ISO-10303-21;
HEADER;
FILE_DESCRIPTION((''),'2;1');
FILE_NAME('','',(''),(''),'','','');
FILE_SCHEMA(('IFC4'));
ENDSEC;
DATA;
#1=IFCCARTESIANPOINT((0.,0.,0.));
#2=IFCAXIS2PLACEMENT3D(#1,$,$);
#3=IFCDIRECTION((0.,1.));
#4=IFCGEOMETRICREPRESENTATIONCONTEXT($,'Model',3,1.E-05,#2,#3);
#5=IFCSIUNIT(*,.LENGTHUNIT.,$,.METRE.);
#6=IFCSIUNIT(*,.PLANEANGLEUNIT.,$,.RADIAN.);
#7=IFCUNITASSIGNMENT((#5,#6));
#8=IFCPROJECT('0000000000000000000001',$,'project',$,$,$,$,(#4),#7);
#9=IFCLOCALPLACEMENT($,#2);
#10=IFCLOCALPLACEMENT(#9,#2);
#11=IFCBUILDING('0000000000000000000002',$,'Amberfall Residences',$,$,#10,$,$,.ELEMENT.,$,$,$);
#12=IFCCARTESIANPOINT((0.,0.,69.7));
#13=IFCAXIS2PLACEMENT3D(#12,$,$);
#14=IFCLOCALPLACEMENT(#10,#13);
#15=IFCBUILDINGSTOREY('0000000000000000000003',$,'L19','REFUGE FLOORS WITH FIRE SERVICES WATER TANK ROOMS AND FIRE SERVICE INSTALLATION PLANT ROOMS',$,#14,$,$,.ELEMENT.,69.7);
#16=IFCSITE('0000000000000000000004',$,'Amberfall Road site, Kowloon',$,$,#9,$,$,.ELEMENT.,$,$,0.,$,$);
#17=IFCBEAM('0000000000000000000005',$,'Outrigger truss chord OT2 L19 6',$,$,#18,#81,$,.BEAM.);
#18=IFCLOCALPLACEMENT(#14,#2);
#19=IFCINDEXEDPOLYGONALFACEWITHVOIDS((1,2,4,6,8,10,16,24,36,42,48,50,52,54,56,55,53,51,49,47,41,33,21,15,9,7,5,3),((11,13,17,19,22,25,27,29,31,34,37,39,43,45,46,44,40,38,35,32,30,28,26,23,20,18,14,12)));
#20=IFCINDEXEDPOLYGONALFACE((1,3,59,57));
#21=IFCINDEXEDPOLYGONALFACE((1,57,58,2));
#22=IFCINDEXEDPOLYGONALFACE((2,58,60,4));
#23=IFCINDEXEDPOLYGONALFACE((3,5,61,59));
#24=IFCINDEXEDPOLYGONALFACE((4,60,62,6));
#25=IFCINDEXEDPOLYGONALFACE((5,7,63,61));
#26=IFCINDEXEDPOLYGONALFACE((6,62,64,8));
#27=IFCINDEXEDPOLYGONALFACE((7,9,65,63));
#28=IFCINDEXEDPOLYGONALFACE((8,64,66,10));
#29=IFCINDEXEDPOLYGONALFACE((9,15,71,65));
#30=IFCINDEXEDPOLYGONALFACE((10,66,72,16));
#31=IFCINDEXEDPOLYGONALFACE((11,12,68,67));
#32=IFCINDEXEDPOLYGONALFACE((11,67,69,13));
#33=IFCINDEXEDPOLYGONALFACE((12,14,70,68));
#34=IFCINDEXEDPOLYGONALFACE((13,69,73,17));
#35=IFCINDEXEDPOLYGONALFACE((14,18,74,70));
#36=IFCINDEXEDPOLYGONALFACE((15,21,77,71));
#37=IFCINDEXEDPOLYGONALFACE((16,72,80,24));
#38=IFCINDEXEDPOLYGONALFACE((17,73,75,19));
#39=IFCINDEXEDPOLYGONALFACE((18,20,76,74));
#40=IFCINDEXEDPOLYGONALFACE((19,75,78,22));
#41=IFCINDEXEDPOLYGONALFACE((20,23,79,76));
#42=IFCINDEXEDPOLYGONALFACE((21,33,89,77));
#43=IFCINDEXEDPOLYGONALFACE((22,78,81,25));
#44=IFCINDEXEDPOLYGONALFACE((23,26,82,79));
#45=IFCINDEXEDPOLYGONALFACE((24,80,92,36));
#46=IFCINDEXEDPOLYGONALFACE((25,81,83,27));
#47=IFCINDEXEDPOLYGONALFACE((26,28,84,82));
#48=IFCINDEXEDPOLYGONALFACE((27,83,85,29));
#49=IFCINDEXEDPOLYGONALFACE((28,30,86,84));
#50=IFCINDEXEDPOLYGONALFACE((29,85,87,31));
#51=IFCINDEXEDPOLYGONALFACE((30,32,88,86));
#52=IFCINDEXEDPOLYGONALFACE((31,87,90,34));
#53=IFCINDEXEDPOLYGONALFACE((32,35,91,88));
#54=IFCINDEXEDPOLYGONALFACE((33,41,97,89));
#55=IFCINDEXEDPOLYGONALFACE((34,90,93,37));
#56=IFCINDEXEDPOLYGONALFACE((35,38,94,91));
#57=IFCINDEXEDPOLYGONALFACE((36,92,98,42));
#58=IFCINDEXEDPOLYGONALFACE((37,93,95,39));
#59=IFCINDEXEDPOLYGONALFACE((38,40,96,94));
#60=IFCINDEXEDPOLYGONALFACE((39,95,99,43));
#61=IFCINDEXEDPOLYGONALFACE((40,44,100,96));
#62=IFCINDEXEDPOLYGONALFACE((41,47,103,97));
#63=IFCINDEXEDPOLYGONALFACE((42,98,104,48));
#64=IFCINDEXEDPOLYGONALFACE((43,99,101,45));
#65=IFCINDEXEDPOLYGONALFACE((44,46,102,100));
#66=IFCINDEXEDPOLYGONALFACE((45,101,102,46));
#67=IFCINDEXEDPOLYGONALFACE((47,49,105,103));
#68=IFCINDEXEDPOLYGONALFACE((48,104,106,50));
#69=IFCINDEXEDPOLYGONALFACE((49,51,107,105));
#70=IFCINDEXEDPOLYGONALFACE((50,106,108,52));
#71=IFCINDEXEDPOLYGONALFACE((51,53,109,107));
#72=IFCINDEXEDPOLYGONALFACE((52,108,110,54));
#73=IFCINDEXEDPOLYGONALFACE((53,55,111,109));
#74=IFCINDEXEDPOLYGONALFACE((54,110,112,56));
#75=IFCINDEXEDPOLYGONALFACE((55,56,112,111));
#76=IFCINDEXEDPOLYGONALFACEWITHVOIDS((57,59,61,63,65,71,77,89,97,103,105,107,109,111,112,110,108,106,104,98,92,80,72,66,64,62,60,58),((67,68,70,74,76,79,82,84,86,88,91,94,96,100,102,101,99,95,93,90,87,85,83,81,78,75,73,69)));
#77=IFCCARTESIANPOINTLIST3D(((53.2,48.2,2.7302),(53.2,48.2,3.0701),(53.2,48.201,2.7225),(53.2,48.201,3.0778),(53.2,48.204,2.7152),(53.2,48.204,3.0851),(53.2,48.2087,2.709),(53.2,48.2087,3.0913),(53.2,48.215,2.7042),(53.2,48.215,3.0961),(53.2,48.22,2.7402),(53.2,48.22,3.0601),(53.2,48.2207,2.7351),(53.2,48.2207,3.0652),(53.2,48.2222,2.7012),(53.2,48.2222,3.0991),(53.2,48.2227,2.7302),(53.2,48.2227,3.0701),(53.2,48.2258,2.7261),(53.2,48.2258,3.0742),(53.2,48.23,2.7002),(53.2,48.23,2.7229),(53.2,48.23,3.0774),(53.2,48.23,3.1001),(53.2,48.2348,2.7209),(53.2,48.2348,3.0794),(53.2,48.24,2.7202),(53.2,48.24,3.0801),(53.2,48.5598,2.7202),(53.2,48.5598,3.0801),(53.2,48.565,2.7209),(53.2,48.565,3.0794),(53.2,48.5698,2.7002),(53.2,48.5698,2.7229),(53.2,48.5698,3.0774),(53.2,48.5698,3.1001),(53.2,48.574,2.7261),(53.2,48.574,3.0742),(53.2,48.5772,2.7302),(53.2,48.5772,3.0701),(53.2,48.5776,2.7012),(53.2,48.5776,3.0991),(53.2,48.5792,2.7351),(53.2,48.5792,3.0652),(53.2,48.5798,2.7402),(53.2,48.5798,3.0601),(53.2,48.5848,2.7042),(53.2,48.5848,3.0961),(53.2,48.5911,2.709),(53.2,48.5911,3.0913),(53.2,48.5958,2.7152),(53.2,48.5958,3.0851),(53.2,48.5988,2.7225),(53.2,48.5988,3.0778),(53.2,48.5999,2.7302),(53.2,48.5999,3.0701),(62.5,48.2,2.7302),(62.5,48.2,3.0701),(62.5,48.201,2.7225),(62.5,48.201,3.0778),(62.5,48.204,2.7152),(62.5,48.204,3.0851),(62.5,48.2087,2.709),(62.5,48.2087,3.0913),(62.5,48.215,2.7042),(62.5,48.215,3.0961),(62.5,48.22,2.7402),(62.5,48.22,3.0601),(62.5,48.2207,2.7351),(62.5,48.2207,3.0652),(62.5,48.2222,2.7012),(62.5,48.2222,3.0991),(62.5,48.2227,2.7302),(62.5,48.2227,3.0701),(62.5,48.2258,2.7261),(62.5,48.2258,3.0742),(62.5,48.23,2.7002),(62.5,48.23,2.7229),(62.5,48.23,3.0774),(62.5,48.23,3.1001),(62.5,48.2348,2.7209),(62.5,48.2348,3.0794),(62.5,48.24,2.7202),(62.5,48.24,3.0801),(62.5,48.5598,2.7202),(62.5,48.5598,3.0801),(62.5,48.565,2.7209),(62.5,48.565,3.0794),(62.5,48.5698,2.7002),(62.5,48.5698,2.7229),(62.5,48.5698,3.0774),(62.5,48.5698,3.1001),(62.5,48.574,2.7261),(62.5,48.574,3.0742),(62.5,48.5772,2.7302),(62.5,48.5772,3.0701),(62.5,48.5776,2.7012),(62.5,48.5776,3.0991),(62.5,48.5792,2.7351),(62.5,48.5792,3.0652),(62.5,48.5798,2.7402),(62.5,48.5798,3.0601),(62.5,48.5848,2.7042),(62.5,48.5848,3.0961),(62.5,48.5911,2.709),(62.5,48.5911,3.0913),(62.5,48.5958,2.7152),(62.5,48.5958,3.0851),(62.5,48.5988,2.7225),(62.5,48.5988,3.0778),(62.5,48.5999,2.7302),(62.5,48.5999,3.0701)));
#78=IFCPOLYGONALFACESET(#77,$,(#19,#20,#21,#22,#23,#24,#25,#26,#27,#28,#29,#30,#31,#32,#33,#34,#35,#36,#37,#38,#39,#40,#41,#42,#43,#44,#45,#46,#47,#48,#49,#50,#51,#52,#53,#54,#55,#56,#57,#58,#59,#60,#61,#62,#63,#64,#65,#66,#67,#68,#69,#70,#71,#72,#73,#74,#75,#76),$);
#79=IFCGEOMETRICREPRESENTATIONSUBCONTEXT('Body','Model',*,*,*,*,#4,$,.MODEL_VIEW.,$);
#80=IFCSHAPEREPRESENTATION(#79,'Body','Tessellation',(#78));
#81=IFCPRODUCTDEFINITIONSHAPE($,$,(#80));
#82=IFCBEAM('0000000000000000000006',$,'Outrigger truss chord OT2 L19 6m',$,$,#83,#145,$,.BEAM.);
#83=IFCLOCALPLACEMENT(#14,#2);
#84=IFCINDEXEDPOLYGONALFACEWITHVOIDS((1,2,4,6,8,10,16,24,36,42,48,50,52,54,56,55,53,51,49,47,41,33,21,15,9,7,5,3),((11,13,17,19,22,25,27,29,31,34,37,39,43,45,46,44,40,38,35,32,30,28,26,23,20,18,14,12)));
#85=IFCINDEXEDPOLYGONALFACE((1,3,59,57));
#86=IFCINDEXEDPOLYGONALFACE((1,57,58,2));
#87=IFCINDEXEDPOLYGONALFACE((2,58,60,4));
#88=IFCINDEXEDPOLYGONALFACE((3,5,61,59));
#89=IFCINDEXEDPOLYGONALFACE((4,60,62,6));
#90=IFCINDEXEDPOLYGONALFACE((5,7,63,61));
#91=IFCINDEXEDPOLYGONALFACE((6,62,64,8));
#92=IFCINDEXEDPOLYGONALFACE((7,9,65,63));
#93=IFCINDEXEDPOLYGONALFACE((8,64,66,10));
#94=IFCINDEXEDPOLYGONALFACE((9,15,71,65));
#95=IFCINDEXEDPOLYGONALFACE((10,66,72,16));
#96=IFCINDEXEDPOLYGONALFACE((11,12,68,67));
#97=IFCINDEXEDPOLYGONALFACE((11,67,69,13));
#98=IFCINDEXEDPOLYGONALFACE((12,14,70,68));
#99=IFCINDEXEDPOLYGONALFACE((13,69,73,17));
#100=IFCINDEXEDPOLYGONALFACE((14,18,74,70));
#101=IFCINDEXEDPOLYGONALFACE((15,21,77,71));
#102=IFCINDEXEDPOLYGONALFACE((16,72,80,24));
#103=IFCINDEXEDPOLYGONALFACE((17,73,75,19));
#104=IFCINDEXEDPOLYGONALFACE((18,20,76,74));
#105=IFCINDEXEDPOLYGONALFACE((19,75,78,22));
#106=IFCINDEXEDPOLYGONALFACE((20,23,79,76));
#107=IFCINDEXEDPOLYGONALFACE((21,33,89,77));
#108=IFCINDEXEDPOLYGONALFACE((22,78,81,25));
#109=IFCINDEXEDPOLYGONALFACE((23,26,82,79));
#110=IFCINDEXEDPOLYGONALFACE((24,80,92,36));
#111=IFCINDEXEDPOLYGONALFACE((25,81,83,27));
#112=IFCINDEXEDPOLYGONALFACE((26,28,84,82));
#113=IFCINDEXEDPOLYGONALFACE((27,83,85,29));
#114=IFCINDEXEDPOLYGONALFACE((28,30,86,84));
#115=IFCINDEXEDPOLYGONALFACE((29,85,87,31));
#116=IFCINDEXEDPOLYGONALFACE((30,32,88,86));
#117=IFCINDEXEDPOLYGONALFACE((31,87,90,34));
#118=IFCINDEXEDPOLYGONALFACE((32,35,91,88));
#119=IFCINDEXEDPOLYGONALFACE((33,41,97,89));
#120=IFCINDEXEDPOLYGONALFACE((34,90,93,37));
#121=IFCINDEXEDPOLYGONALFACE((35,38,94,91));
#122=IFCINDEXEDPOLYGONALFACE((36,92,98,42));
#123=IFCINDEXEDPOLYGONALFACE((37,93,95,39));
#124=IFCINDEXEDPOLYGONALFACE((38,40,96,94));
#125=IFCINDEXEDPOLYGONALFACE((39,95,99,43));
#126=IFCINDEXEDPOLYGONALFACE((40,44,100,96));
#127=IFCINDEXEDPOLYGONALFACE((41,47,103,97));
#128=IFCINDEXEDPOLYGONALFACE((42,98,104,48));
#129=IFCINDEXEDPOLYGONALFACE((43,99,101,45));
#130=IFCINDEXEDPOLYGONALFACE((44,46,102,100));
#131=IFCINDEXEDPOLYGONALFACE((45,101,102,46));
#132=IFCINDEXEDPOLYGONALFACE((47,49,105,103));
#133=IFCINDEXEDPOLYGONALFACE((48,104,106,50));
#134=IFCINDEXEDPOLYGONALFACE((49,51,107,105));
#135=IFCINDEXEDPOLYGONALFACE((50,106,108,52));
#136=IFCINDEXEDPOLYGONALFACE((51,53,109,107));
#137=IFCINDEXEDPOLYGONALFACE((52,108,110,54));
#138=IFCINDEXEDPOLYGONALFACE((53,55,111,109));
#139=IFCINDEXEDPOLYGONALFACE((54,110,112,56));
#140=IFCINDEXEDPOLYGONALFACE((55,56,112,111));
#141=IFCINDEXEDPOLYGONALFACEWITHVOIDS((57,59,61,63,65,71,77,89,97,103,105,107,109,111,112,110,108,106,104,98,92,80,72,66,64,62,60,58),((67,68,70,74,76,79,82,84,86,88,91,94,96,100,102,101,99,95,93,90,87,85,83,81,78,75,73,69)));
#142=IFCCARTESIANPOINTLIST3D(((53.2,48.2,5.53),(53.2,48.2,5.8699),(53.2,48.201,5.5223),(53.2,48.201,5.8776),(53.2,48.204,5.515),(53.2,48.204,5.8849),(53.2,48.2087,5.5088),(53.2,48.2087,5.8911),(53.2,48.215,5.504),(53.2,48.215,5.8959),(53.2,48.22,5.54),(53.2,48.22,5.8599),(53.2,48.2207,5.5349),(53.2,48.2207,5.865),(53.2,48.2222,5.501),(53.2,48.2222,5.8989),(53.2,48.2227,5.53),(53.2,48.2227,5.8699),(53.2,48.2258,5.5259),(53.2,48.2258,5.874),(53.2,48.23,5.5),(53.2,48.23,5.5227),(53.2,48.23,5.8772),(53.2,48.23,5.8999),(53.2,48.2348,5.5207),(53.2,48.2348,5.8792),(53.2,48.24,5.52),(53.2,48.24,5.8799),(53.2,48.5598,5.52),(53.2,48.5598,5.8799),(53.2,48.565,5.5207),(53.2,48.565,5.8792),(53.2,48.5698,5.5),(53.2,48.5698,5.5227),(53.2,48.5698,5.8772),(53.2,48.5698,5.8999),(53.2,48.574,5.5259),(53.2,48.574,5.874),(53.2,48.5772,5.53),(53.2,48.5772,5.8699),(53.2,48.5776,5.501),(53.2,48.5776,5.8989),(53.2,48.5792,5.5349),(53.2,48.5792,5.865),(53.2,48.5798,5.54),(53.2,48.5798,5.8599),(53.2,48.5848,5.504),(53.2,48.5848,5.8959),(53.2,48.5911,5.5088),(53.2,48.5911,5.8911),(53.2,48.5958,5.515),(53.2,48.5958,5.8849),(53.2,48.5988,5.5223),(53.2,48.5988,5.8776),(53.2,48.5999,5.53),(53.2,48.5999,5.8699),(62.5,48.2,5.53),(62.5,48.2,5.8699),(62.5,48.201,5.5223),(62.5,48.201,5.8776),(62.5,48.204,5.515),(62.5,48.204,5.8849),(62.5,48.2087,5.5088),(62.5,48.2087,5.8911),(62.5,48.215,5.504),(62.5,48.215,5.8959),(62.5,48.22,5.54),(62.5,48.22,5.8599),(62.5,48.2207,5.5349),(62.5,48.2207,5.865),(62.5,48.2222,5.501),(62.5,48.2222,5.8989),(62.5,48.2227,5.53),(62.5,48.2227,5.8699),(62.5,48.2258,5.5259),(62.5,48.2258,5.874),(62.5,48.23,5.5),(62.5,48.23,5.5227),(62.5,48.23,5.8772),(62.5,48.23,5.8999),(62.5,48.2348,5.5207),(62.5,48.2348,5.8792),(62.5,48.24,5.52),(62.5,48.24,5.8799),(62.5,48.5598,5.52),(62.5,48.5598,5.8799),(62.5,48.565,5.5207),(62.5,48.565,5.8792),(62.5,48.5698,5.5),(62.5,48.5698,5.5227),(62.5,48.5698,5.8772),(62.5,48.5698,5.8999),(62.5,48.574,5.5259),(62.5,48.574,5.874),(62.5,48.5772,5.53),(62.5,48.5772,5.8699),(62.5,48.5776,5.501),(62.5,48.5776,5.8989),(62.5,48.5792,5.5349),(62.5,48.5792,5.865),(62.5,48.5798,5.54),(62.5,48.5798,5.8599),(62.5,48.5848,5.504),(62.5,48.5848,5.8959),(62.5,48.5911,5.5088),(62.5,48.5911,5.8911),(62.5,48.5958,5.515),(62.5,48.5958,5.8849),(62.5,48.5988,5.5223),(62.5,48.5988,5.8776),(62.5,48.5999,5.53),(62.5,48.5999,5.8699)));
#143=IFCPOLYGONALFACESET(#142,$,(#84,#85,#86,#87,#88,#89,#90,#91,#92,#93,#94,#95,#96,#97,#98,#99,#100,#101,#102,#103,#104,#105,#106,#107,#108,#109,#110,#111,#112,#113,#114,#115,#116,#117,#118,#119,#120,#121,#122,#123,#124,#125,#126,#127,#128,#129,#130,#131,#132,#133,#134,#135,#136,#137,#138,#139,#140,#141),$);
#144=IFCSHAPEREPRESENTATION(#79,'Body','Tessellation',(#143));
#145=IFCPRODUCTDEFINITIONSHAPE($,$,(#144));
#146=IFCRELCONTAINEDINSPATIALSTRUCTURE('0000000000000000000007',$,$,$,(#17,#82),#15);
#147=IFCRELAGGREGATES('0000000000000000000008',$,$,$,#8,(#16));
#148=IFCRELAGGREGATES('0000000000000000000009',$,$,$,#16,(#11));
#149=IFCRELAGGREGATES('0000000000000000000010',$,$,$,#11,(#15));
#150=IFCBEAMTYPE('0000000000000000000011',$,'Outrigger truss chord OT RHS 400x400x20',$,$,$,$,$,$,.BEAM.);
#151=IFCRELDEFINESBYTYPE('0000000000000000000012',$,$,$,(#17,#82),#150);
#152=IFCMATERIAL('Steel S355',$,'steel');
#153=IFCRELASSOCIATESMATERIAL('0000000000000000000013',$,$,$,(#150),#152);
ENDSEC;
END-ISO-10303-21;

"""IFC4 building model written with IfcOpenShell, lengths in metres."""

from ifc_helpers import new_model, si_unit, direction, frame, origin, origin_2d, place, context, subcontext, project, spatial, hollow_rectangle, extrude, material, material_profile, profile_set, type_object, element, save


model = new_model("IFC4")

# Units and contexts
model_context = context("Model", 3, precision=1e-05, world=origin(), true_north=direction((0.0, 1.0)))
body_context = subcontext(model_context, "Body", "Model", "MODEL_VIEW")
ifc_project = project(units=[si_unit("LENGTHUNIT", "METRE"), si_unit("PLANEANGLEUNIT", "RADIAN")], contexts=[model_context])

# Site, building, storey
site_placement = place(None, origin())
site = spatial("IfcSite", under=ifc_project, at=site_placement, Name="Amberfall Road site, Kowloon", CompositionType="ELEMENT", RefElevation=0.0)
building_placement = place(site_placement, origin())
building = spatial("IfcBuilding", under=site, at=building_placement, Name="Amberfall Residences", CompositionType="ELEMENT")
storey_placement = place(building_placement, frame((0.0, 0.0, 69.7)))
storey = spatial("IfcBuildingStorey", under=building, at=storey_placement, Name="L19", Description="REFUGE FLOORS WITH FIRE SERVICES WATER TANK ROOMS AND FIRE SERVICE INSTALLATION PLANT ROOMS", CompositionType="ELEMENT", Elevation=69.7)

# Shared definitions
ifc_material_1 = material(Name="Steel S355", Category="steel")

# Beams
ifc_material_profile_1 = material_profile(ifc_material_1, hollow_rectangle(XDim=0.3999, YDim=0.3999, WallThickness=0.02, InnerFilletRadius=0.02, OuterFilletRadius=0.03, at=origin_2d()), Name="RHS 400x400x20")
ifc_profile_set_1 = profile_set([ifc_material_profile_1], Name="Steel S355")
beam_type_1 = type_object("IfcBeamType", Name="Outrigger truss chord OT RHS 400x400x20", PredefinedType="BEAM", material=ifc_profile_set_1)
for number, where, z_axis, x_axis, name in (
    (1, (53.2, 48.3999, 2.9001), (1.0, 0.0, 0.0), (0.0, 1.0, 0.0), "Outrigger truss chord OT2 L19 6"),
    (2, (53.2, 48.3999, 5.7), (1.0, 0.0, 0.0), (0.0, 1.0, 0.0), "Outrigger truss chord OT2 L19 6m"),
):
    element("IfcBeam", number, at=place(storey_placement, frame(where, z_axis=z_axis, x_axis=x_axis)), inside=storey, type_object=beam_type_1, Name=name, PredefinedType="BEAM", context=body_context, shape_type="SweptSolid", body=[
        extrude(hollow_rectangle(XDim=0.3999, YDim=0.3999, WallThickness=0.02, InnerFilletRadius=0.02, OuterFilletRadius=0.03, at=origin_2d()), origin(), (0.0, 0.0, 1.0), 9.3),
    ])

save(model, "model.ifc")
